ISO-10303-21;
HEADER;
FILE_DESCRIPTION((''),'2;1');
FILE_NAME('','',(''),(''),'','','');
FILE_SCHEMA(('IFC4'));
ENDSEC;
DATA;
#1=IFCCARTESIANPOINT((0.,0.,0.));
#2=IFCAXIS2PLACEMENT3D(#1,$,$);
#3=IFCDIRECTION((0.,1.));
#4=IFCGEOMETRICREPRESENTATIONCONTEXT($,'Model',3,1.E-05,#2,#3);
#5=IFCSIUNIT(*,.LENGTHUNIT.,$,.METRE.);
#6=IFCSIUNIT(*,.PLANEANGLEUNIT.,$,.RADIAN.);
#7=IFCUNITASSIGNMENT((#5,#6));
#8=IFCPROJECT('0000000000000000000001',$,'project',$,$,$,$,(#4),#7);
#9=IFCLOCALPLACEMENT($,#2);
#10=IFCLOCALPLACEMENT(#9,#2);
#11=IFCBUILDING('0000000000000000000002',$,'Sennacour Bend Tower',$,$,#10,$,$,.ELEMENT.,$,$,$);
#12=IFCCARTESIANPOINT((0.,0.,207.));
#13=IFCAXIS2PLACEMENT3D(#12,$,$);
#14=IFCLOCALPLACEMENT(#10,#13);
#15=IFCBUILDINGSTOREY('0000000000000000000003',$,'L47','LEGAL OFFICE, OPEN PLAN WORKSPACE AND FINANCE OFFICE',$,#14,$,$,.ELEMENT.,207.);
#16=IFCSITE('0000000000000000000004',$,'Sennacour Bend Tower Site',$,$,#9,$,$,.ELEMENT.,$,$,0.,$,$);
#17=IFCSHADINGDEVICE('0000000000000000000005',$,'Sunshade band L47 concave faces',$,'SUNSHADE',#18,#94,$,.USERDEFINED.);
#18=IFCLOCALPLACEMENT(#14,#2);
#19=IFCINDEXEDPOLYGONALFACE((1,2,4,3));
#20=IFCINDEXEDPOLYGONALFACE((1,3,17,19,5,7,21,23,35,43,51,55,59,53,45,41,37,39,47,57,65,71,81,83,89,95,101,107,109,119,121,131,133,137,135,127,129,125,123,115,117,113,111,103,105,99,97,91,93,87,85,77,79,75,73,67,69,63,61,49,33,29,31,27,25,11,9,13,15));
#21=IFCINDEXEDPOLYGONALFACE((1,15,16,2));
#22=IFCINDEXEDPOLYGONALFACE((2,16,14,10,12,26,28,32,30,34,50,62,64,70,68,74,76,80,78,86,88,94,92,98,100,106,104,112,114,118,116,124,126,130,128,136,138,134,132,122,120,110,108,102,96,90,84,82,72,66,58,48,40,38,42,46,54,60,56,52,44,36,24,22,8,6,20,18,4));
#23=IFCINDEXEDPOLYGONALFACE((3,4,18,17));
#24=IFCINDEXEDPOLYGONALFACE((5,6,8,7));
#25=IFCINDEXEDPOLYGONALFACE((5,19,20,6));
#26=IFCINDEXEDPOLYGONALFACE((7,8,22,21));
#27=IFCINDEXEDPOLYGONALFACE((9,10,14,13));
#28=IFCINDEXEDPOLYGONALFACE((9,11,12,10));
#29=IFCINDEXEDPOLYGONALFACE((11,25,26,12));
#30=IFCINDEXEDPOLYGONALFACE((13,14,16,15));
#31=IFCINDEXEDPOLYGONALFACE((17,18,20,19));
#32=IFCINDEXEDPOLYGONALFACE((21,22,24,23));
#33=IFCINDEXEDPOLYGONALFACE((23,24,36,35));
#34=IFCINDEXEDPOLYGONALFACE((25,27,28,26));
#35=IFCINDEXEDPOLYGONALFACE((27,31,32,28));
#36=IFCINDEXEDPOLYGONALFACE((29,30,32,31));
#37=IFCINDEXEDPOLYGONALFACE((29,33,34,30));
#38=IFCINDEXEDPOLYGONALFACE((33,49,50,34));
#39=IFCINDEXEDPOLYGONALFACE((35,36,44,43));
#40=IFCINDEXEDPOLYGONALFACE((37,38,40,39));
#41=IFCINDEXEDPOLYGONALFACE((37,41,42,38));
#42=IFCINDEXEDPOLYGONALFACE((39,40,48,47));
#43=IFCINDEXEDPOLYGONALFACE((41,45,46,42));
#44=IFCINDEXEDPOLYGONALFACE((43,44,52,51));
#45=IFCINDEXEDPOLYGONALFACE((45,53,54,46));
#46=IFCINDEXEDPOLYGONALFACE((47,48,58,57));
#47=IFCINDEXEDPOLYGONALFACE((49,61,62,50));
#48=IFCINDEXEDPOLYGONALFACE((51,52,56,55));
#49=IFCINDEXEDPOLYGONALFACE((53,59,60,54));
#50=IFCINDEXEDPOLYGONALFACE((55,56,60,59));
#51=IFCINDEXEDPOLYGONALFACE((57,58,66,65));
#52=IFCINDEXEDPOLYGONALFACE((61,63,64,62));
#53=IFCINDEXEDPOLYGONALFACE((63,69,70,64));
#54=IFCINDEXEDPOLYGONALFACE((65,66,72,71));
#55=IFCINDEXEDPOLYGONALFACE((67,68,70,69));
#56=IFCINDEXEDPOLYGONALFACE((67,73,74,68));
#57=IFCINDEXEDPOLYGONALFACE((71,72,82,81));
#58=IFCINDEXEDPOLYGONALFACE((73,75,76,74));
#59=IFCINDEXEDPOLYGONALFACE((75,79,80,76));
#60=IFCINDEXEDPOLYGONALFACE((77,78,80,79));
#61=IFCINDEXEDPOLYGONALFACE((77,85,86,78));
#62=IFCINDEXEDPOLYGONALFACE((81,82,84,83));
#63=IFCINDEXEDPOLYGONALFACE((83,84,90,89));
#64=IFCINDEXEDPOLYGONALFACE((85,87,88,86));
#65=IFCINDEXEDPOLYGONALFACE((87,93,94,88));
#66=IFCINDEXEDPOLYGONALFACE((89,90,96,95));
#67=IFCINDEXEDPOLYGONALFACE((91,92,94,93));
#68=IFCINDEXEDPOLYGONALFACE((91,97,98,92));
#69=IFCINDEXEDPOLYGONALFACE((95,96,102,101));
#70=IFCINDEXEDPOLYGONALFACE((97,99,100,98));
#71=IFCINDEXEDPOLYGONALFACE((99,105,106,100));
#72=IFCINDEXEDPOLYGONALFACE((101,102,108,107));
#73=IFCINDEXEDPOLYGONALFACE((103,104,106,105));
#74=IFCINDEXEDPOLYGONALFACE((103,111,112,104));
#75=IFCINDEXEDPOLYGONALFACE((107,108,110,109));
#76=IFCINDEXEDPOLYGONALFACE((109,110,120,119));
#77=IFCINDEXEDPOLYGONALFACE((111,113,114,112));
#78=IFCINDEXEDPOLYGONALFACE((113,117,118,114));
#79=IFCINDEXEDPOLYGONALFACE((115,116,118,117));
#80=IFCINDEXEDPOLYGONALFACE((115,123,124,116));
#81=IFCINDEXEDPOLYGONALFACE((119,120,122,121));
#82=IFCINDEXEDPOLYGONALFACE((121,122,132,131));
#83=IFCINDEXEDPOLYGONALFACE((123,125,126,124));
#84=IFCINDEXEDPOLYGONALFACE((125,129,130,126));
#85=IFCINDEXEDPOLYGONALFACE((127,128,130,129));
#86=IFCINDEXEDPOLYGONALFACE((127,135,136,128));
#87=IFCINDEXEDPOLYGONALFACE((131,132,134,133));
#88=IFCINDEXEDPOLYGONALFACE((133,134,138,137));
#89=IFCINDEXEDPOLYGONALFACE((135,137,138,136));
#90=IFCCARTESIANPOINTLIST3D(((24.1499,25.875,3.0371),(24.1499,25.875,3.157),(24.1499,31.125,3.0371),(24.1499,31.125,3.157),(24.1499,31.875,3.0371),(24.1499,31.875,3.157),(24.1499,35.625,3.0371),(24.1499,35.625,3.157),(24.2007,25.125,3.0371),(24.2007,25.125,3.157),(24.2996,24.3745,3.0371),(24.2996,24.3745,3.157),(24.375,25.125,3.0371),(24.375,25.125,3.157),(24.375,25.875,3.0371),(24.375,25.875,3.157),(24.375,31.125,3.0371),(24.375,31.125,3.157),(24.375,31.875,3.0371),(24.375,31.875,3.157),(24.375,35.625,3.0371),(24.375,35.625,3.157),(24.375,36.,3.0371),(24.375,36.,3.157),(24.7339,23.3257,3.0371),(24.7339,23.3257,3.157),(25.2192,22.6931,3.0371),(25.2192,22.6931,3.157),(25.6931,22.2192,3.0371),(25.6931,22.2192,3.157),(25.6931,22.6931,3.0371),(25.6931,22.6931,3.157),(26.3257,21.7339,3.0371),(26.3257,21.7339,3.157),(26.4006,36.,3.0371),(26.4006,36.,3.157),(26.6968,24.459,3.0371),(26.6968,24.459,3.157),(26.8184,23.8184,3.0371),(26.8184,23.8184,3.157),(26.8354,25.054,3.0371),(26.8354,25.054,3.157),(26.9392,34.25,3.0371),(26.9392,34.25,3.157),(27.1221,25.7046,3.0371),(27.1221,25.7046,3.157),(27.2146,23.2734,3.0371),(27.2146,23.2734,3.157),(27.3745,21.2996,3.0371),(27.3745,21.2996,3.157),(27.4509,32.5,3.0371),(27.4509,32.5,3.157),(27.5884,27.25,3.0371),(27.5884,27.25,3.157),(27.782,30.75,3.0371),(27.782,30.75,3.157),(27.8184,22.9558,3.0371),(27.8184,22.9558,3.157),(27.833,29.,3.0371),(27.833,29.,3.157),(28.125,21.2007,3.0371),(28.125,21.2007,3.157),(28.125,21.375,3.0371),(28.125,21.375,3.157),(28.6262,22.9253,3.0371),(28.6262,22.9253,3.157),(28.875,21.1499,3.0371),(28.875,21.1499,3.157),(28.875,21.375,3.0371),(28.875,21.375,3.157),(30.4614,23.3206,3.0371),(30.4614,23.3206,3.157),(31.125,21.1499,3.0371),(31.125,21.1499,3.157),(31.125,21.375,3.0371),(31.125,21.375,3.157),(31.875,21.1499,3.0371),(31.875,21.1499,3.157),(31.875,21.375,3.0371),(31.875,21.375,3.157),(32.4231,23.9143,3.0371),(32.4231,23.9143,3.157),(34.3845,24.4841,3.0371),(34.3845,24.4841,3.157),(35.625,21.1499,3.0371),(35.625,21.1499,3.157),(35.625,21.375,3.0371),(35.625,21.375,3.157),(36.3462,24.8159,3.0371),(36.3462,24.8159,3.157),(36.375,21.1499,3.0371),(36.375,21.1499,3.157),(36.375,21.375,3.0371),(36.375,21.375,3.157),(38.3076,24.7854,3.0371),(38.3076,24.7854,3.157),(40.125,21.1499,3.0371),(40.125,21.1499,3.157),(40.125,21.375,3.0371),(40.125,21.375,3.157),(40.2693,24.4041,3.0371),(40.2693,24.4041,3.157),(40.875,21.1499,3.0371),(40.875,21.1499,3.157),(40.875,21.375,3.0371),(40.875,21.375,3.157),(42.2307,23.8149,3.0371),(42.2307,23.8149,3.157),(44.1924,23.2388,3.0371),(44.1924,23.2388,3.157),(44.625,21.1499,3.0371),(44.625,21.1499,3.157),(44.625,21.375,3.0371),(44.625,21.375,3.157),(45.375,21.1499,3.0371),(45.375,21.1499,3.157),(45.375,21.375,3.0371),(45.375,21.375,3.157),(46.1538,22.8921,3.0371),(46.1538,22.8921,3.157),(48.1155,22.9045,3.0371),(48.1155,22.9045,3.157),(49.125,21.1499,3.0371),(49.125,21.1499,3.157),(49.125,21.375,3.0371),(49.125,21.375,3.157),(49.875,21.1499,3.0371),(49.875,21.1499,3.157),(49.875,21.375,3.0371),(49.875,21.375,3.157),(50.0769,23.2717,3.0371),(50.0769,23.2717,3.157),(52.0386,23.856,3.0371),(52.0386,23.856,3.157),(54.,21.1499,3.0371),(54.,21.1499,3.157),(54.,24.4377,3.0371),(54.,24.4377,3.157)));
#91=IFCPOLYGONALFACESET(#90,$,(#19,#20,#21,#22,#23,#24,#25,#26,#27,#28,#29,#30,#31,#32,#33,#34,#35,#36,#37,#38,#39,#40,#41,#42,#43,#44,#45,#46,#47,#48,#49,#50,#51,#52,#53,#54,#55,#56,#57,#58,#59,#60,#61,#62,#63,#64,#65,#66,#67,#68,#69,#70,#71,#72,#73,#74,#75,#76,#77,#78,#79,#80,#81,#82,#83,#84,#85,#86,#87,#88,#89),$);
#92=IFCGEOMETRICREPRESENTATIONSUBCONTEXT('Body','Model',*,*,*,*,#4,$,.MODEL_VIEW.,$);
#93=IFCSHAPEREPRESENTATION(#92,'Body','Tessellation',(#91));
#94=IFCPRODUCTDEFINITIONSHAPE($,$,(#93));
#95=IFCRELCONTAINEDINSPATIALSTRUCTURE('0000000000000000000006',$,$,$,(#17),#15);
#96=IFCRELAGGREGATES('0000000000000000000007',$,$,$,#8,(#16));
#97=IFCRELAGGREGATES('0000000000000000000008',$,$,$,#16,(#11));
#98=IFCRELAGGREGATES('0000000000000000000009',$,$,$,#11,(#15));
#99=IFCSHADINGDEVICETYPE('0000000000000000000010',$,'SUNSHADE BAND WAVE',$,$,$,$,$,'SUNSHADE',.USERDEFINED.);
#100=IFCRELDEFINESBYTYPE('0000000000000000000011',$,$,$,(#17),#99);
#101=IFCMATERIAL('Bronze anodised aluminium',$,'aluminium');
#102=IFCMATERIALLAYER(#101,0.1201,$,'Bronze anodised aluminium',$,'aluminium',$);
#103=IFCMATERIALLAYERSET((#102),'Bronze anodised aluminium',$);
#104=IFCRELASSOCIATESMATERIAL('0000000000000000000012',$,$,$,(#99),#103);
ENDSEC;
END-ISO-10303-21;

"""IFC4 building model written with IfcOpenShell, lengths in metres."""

from ifc_helpers import new_model, si_unit, direction, frame, origin, place, context, subcontext, project, spatial, polyline, outline, extrude, material, layer, layer_set, type_object, element, save


model = new_model("IFC4")

# Units and contexts
model_context = context("Model", 3, precision=1e-05, world=origin(), true_north=direction((0.0, 1.0)))
body_context = subcontext(model_context, "Body", "Model", "MODEL_VIEW")
ifc_project = project(units=[si_unit("LENGTHUNIT", "METRE"), si_unit("PLANEANGLEUNIT", "RADIAN")], contexts=[model_context])

# Site, building, storey
site_placement = place(None, origin())
site = spatial("IfcSite", under=ifc_project, at=site_placement, Name="Sennacour Bend Tower Site", CompositionType="ELEMENT", RefElevation=0.0)
building_placement = place(site_placement, origin())
building = spatial("IfcBuilding", under=site, at=building_placement, Name="Sennacour Bend Tower", CompositionType="ELEMENT")
storey_placement = place(building_placement, frame((0.0, 0.0, 207.0)))
storey = spatial("IfcBuildingStorey", under=building, at=storey_placement, Name="L47", Description="LEGAL OFFICE, OPEN PLAN WORKSPACE AND FINANCE OFFICE", CompositionType="ELEMENT", Elevation=207.0)

# Shading device
ifc_material_1 = material(Name="Bronze anodised aluminium", Category="aluminium")
ifc_layer_1 = layer(ifc_material_1, 0.1201, Name="Bronze anodised aluminium", Category="aluminium")
ifc_layer_set_1 = layer_set([ifc_layer_1], Name="Bronze anodised aluminium")
shading_device_type_1 = type_object("IfcShadingDeviceType", Name="SUNSHADE BAND WAVE", ElementType="SUNSHADE", PredefinedType="USERDEFINED", material=ifc_layer_set_1)
shading_device_1_placement = place(storey_placement, frame((0.0, 0.0, 3.0371)))
element("IfcShadingDevice", 1, at=shading_device_1_placement, inside=storey, type_object=shading_device_type_1, Name="Sunshade band L47 concave faces", ObjectType="SUNSHADE", PredefinedType="USERDEFINED", context=body_context, shape_type="SweptSolid", body=[
    extrude(outline(polyline([(54.0, 21.1499), (49.875, 21.1499), (49.875, 21.375), (49.125, 21.375), (49.125, 21.1499), (45.375, 21.1499), (45.375, 21.375), (44.625, 21.375), (44.625, 21.1499), (40.875, 21.1499), (40.875, 21.375), (40.125, 21.375), (40.125, 21.1499), (36.375, 21.1499), (36.375, 21.375), (35.625, 21.375), (35.625, 21.1499), (31.875, 21.1499), (31.875, 21.375), (31.125, 21.375), (31.125, 21.1499), (28.875, 21.1499), (28.875, 21.375), (28.125, 21.375), (28.125, 21.2007), (27.3745, 21.2996), (26.3257, 21.7339), (25.6931, 22.2192), (25.6931, 22.6931), (25.2192, 22.6931), (24.7339, 23.3257), (24.2996, 24.3745), (24.2007, 25.125), (24.375, 25.125), (24.375, 25.875), (24.1499, 25.875), (24.1499, 31.125), (24.375, 31.125), (24.375, 31.875), (24.1499, 31.875), (24.1499, 35.625), (24.375, 35.625), (24.375, 36.0), (26.4006, 36.0), (26.9392, 34.25), (27.4509, 32.5), (27.782, 30.75), (27.833, 29.0), (27.5884, 27.25), (27.1221, 25.7046), (26.8354, 25.054), (26.6968, 24.459), (26.8184, 23.8184), (27.2146, 23.2734), (27.8184, 22.9558), (28.6262, 22.9253), (30.4614, 23.3206), (32.4231, 23.9143), (34.3845, 24.4841), (36.3462, 24.8159), (38.3076, 24.7854), (40.2693, 24.4041), (42.2307, 23.8149), (44.1924, 23.2388), (46.1538, 22.8921), (48.1155, 22.9045), (50.0769, 23.2717), (52.0386, 23.856), (54.0, 24.4377), (54.0, 21.1499)])), origin(), (0.0, 0.0, 1.0), 0.1199),
])

save(model, "model.ifc")
